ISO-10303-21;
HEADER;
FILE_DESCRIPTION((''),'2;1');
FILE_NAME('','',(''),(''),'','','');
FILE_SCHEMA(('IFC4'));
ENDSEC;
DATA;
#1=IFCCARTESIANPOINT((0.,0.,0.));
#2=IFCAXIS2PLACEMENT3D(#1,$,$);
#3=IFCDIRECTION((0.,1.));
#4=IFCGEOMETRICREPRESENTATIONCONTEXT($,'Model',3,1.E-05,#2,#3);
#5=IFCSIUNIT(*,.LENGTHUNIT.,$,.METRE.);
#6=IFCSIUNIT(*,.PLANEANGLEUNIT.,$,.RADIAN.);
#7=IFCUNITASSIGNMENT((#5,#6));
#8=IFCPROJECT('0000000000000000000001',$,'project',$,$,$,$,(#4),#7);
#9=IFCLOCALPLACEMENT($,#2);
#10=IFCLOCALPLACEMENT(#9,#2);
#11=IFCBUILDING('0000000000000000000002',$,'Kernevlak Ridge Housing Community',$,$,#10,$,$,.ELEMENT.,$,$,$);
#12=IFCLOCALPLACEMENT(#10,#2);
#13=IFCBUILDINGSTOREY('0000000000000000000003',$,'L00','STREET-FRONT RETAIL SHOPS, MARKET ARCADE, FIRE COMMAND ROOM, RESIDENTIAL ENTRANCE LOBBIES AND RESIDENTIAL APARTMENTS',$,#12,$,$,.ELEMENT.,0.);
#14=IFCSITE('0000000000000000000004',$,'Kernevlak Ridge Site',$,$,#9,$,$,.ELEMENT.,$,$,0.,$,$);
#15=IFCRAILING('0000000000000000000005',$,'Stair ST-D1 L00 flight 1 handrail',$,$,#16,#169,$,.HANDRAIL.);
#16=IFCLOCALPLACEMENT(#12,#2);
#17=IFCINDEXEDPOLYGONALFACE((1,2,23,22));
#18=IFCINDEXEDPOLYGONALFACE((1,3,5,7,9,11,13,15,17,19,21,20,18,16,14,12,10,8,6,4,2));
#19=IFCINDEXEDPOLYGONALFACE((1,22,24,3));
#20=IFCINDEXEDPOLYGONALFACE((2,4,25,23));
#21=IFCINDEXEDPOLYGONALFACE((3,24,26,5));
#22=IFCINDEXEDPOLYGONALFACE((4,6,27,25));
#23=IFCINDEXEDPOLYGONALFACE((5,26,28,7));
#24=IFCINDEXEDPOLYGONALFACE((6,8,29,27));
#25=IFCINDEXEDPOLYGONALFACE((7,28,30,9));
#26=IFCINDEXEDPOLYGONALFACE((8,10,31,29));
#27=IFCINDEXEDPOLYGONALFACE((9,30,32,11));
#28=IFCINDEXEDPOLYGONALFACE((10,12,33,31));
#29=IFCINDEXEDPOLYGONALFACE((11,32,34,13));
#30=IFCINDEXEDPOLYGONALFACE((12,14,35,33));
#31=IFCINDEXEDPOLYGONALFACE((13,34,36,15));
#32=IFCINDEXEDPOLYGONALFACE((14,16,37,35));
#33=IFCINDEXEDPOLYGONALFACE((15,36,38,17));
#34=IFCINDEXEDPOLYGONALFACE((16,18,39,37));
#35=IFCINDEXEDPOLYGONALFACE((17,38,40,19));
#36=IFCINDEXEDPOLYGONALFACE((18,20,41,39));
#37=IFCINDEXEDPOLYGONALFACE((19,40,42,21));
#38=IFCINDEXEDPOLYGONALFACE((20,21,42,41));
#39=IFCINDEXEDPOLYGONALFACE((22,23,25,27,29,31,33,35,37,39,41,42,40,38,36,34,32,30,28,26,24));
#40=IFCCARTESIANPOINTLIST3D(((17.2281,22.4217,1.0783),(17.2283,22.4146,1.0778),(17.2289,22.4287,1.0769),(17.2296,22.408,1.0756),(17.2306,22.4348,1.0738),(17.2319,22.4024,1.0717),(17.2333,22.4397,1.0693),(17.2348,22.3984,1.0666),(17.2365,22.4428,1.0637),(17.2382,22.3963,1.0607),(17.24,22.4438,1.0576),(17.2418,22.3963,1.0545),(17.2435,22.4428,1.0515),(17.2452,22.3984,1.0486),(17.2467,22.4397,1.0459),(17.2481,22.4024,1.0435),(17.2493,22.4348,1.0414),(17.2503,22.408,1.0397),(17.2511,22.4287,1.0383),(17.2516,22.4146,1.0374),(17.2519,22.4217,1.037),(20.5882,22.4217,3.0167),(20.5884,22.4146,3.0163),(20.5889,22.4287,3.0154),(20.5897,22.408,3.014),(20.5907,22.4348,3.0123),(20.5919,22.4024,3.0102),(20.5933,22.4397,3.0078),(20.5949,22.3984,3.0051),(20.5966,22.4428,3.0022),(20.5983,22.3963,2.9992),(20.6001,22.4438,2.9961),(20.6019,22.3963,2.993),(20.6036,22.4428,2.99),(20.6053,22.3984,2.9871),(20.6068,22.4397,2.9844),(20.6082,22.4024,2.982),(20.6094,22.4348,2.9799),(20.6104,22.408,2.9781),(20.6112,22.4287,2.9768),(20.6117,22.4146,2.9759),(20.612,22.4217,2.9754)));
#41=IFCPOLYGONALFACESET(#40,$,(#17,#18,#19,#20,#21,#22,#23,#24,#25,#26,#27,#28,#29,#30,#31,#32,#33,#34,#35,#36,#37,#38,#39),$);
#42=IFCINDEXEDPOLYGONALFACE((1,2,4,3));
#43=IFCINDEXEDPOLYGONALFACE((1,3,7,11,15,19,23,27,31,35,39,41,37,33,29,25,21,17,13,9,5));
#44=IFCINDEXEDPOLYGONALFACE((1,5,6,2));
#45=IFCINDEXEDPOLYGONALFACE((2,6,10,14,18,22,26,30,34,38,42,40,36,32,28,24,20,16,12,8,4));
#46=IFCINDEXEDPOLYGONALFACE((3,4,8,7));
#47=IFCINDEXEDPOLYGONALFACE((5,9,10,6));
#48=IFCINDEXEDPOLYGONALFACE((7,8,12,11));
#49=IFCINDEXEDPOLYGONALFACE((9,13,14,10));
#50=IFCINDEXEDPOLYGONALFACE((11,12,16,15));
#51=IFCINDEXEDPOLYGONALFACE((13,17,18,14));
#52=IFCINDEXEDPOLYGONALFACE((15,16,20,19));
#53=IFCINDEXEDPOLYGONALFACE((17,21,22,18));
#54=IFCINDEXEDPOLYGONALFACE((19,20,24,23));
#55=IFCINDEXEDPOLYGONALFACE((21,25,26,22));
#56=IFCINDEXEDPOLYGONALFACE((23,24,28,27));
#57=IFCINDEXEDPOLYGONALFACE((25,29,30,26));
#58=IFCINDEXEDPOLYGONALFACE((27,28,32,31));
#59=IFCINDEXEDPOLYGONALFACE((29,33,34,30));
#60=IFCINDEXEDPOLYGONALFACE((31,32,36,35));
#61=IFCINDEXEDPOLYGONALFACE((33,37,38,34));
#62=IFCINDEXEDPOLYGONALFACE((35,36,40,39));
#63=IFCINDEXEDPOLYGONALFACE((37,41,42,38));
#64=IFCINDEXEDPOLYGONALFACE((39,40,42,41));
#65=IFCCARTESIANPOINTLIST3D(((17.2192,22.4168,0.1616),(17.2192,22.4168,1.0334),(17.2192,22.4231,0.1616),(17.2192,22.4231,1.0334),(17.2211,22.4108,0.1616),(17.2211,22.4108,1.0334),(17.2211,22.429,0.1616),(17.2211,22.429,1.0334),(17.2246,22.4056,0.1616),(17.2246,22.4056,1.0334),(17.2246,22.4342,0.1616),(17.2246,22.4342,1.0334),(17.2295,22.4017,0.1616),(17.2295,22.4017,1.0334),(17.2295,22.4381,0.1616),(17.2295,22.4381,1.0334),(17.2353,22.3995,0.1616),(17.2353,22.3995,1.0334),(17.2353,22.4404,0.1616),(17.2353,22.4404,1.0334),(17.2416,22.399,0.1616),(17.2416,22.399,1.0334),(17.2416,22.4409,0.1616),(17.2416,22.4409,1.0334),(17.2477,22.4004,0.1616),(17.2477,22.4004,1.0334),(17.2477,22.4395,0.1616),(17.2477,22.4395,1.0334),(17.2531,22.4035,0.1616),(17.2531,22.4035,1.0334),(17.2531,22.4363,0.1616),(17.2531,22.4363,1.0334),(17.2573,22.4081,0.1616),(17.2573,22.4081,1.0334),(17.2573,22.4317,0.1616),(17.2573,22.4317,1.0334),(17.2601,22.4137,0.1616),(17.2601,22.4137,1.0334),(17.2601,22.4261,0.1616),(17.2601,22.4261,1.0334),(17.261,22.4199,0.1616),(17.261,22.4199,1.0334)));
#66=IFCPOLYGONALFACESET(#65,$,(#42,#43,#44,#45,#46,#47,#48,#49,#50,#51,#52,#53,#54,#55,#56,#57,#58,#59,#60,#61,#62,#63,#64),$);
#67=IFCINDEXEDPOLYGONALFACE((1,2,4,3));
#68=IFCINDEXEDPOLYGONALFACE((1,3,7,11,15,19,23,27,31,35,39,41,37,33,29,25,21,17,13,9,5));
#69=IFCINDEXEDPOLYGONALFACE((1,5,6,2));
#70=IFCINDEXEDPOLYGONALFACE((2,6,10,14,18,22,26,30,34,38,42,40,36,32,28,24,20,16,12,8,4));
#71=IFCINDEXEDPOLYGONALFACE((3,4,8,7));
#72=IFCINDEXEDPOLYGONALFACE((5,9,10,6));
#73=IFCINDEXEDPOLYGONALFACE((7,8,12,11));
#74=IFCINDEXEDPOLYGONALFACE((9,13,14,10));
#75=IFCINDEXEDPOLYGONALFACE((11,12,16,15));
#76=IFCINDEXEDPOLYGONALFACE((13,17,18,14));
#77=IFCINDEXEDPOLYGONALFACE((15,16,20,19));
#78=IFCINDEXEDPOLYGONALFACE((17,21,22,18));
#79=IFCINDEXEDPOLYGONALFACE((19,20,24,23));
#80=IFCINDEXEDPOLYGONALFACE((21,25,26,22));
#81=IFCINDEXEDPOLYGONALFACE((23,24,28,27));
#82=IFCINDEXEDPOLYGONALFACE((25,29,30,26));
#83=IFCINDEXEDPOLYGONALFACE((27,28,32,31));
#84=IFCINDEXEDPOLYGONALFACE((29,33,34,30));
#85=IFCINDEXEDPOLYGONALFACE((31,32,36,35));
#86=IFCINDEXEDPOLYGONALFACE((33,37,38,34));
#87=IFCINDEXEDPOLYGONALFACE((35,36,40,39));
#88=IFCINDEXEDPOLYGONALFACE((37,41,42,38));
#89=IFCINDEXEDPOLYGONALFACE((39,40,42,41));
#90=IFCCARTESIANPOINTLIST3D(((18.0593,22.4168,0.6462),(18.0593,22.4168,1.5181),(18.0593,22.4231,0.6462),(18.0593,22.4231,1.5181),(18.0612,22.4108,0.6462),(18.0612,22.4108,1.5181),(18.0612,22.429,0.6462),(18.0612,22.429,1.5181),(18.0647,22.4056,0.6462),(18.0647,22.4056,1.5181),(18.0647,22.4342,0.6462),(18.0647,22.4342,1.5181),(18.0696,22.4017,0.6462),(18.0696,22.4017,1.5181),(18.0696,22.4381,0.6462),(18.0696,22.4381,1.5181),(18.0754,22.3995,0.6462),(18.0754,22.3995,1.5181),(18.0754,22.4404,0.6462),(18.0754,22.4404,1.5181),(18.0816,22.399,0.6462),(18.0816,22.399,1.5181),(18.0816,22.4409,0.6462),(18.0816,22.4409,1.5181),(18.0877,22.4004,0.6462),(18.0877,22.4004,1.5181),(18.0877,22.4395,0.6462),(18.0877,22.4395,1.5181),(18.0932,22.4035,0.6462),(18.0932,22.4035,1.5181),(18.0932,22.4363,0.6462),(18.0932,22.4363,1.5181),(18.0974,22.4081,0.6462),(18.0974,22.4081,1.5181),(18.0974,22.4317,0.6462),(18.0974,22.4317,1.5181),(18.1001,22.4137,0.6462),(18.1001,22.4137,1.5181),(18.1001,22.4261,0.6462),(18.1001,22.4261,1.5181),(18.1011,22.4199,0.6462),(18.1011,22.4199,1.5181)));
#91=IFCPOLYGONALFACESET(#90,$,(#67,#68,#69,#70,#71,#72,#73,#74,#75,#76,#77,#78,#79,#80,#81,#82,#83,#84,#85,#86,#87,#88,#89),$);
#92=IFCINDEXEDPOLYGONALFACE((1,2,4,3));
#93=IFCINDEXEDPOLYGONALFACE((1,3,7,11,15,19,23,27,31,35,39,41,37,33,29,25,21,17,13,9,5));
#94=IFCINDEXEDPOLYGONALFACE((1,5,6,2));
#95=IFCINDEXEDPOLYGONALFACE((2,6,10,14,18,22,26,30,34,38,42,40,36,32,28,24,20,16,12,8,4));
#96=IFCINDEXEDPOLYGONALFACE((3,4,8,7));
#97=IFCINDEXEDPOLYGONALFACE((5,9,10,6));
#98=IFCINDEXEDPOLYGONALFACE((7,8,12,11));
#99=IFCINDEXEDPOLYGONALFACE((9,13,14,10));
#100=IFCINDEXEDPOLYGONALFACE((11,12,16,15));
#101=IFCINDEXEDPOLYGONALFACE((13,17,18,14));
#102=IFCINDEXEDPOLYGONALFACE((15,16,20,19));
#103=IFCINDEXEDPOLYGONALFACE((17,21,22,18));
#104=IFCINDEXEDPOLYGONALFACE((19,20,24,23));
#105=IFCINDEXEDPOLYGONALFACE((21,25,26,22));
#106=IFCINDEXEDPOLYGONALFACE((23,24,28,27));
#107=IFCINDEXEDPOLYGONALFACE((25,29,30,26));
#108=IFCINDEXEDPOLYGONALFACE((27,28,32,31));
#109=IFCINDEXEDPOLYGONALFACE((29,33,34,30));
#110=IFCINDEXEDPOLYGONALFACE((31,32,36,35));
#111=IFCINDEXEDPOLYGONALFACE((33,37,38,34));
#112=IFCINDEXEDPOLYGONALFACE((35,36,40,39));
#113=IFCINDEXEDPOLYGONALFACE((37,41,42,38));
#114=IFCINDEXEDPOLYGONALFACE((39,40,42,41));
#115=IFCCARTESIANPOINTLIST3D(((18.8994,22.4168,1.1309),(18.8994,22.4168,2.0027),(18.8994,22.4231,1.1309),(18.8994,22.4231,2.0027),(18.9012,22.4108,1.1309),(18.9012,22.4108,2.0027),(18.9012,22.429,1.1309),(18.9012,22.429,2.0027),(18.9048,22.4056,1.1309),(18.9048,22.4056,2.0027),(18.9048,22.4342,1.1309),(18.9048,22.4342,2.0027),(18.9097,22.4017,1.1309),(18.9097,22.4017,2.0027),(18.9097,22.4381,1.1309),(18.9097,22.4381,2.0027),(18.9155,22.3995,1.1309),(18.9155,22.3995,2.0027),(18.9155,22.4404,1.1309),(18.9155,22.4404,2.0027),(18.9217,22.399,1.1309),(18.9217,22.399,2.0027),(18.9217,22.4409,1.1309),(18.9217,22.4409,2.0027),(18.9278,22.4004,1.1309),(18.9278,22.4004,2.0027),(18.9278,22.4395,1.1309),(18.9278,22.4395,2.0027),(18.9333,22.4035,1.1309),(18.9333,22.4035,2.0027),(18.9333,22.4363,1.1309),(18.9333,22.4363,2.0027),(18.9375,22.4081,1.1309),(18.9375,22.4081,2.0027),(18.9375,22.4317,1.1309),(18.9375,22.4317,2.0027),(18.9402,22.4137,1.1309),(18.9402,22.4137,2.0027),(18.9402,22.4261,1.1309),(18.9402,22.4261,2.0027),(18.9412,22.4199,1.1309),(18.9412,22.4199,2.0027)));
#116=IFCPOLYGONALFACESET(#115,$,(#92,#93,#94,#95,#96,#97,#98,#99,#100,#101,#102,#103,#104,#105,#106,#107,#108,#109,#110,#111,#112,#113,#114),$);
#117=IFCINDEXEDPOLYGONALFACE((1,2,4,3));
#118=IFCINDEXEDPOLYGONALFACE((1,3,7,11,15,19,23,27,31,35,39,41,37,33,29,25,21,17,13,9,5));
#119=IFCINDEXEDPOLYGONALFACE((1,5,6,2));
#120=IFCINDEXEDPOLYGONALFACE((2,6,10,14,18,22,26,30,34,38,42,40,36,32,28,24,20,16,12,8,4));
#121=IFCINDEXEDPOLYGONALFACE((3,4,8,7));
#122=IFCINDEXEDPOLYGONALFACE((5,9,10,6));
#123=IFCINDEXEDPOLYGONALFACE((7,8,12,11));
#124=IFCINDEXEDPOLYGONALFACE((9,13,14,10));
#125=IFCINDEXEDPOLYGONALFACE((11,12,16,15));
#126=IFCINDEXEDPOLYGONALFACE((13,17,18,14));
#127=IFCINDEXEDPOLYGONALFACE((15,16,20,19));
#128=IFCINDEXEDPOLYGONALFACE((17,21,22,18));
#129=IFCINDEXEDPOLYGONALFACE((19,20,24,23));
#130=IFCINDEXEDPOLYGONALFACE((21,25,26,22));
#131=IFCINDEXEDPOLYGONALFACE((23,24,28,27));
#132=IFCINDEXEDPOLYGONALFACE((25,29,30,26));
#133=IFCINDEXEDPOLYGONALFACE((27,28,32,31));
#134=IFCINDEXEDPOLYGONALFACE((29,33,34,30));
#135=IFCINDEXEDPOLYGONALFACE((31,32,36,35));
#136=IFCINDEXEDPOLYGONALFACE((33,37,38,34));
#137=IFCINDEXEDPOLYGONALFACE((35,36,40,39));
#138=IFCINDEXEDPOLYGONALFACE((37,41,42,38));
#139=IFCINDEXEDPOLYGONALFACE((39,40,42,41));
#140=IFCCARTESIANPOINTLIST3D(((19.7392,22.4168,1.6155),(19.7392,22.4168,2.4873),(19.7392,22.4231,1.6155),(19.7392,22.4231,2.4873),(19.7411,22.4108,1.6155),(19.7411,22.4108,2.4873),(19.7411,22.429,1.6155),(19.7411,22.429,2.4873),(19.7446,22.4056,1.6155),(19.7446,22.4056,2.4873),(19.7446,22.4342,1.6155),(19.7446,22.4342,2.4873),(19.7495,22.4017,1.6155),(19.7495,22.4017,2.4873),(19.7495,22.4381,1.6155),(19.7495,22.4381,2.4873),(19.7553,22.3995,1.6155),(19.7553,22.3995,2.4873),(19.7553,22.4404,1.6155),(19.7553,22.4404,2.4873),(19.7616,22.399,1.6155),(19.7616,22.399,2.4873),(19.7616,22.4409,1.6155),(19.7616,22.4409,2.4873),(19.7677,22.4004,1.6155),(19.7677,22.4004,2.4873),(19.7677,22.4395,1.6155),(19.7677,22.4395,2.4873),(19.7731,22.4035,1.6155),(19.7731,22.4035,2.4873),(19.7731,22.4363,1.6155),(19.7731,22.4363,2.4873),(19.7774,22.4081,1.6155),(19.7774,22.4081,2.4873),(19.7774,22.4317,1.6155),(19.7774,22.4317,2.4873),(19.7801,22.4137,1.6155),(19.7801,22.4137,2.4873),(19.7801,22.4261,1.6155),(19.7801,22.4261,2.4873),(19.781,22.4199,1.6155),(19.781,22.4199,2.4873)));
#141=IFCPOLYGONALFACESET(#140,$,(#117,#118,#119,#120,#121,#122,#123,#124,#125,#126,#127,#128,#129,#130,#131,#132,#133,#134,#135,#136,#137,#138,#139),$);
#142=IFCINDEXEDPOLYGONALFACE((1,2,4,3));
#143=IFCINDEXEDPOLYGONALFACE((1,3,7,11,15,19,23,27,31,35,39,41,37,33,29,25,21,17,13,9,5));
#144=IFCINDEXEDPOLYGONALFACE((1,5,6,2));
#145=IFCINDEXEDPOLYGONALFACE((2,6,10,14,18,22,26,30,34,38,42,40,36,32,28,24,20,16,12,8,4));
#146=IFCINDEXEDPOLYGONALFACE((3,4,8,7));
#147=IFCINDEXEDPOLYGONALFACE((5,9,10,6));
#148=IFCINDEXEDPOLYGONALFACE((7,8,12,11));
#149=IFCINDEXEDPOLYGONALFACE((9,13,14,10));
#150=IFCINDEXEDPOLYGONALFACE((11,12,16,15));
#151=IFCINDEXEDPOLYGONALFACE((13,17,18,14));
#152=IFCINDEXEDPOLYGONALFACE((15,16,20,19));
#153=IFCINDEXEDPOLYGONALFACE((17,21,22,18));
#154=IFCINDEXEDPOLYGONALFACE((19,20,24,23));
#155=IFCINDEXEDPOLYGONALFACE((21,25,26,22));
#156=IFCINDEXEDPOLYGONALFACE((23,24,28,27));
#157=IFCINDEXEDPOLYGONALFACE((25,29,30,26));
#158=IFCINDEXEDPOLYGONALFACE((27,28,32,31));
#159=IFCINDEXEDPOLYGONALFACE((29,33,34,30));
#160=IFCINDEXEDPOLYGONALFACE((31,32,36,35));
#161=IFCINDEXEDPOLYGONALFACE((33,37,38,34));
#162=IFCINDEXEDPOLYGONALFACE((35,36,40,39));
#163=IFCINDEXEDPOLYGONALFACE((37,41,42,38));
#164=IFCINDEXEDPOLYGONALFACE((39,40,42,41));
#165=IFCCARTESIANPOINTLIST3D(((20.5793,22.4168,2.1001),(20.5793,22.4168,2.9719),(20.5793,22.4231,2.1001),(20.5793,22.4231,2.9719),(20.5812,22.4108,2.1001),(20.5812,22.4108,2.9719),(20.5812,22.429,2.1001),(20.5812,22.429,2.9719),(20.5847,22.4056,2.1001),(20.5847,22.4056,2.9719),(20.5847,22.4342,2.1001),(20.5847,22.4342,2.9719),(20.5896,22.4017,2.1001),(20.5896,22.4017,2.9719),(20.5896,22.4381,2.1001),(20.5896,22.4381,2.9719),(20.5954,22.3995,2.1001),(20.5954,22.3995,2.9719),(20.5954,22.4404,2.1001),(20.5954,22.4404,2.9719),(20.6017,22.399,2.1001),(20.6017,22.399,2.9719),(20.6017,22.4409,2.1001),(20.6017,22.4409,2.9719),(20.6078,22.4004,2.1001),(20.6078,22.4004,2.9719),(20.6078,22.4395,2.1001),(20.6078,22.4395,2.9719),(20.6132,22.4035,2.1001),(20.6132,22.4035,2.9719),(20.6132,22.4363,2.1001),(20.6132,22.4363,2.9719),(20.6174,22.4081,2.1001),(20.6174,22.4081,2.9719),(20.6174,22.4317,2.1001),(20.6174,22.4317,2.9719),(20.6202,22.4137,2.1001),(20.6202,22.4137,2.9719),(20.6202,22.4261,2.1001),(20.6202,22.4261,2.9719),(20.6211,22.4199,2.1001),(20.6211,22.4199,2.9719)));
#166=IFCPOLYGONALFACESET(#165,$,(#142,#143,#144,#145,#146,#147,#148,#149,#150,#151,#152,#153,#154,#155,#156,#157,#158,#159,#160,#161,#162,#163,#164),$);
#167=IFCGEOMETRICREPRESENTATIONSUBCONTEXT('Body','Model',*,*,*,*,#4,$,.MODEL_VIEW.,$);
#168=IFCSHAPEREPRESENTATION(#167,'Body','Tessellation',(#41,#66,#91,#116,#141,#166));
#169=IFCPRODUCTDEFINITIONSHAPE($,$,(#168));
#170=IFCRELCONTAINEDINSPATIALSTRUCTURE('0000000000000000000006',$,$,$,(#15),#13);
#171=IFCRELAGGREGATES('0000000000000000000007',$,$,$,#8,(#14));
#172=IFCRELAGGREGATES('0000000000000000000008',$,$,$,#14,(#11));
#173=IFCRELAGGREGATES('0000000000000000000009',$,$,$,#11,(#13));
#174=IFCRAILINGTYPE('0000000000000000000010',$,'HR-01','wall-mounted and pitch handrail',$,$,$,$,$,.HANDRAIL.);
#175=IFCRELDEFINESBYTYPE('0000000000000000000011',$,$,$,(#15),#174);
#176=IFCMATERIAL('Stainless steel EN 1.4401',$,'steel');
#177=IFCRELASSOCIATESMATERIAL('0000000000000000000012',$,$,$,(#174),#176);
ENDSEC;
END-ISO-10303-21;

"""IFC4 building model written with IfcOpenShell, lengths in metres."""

from ifc_helpers import new_model, si_unit, direction, frame, origin, origin_2d, place, context, subcontext, project, spatial, circle, extrude, material, type_object, element, save


model = new_model("IFC4")

# Units and contexts
model_context = context("Model", 3, precision=1e-05, world=origin(), true_north=direction((0.0, 1.0)))
body_context = subcontext(model_context, "Body", "Model", "MODEL_VIEW")
ifc_project = project(units=[si_unit("LENGTHUNIT", "METRE"), si_unit("PLANEANGLEUNIT", "RADIAN")], contexts=[model_context])

# Site, building, storey
site_placement = place(None, origin())
site = spatial("IfcSite", under=ifc_project, at=site_placement, Name="Kernevlak Ridge Site", CompositionType="ELEMENT", RefElevation=0.0)
building_placement = place(site_placement, origin())
building = spatial("IfcBuilding", under=site, at=building_placement, Name="Kernevlak Ridge Housing Community", CompositionType="ELEMENT")
storey_placement = place(building_placement, origin())
storey = spatial("IfcBuildingStorey", under=building, at=storey_placement, Name="L00", Description="STREET-FRONT RETAIL SHOPS, MARKET ARCADE, FIRE COMMAND ROOM, RESIDENTIAL ENTRANCE LOBBIES AND RESIDENTIAL APARTMENTS", CompositionType="ELEMENT", Elevation=0.0)

# Railing
ifc_material_1 = material(Name="Stainless steel EN 1.4401", Category="steel")
railing_type = type_object("IfcRailingType", Name="HR-01", Description="wall-mounted and pitch handrail", PredefinedType="HANDRAIL", material=ifc_material_1)
railing_placement = place(storey_placement, frame((17.24, 22.4199, 0.1616)))
element("IfcRailing", 1, at=railing_placement, inside=storey, type_object=railing_type, Name="Stair ST-D1 L00 flight 1 handrail", PredefinedType="HANDRAIL", context=body_context, shape_type="SweptSolid", body=[
    extrude(circle(Radius=0.0239, at=origin_2d()), frame((0.0, 0.0, 0.896), z_axis=(0.866191, 0.0, 0.499713), x_axis=(0.0, 1.0, 0.0)), (0.0, 0.0, 1.0), 3.8792),
    extrude(circle(Radius=0.021, at=origin_2d()), origin(), (0.0, 0.0, 1.0), 0.8718),
    extrude(circle(Radius=0.021, at=origin_2d()), frame((0.8401, 0.0, 0.4846)), (0.0, 0.0, 1.0), 0.8718),
    extrude(circle(Radius=0.021, at=origin_2d()), frame((1.6802, 0.0, 0.9692)), (0.0, 0.0, 1.0), 0.8718),
    extrude(circle(Radius=0.021, at=origin_2d()), frame((2.52, 0.0, 1.4539)), (0.0, 0.0, 1.0), 0.8718),
    extrude(circle(Radius=0.021, at=origin_2d()), frame((3.3601, 0.0, 1.9385)), (0.0, 0.0, 1.0), 0.8718),
])

save(model, "model.ifc")
